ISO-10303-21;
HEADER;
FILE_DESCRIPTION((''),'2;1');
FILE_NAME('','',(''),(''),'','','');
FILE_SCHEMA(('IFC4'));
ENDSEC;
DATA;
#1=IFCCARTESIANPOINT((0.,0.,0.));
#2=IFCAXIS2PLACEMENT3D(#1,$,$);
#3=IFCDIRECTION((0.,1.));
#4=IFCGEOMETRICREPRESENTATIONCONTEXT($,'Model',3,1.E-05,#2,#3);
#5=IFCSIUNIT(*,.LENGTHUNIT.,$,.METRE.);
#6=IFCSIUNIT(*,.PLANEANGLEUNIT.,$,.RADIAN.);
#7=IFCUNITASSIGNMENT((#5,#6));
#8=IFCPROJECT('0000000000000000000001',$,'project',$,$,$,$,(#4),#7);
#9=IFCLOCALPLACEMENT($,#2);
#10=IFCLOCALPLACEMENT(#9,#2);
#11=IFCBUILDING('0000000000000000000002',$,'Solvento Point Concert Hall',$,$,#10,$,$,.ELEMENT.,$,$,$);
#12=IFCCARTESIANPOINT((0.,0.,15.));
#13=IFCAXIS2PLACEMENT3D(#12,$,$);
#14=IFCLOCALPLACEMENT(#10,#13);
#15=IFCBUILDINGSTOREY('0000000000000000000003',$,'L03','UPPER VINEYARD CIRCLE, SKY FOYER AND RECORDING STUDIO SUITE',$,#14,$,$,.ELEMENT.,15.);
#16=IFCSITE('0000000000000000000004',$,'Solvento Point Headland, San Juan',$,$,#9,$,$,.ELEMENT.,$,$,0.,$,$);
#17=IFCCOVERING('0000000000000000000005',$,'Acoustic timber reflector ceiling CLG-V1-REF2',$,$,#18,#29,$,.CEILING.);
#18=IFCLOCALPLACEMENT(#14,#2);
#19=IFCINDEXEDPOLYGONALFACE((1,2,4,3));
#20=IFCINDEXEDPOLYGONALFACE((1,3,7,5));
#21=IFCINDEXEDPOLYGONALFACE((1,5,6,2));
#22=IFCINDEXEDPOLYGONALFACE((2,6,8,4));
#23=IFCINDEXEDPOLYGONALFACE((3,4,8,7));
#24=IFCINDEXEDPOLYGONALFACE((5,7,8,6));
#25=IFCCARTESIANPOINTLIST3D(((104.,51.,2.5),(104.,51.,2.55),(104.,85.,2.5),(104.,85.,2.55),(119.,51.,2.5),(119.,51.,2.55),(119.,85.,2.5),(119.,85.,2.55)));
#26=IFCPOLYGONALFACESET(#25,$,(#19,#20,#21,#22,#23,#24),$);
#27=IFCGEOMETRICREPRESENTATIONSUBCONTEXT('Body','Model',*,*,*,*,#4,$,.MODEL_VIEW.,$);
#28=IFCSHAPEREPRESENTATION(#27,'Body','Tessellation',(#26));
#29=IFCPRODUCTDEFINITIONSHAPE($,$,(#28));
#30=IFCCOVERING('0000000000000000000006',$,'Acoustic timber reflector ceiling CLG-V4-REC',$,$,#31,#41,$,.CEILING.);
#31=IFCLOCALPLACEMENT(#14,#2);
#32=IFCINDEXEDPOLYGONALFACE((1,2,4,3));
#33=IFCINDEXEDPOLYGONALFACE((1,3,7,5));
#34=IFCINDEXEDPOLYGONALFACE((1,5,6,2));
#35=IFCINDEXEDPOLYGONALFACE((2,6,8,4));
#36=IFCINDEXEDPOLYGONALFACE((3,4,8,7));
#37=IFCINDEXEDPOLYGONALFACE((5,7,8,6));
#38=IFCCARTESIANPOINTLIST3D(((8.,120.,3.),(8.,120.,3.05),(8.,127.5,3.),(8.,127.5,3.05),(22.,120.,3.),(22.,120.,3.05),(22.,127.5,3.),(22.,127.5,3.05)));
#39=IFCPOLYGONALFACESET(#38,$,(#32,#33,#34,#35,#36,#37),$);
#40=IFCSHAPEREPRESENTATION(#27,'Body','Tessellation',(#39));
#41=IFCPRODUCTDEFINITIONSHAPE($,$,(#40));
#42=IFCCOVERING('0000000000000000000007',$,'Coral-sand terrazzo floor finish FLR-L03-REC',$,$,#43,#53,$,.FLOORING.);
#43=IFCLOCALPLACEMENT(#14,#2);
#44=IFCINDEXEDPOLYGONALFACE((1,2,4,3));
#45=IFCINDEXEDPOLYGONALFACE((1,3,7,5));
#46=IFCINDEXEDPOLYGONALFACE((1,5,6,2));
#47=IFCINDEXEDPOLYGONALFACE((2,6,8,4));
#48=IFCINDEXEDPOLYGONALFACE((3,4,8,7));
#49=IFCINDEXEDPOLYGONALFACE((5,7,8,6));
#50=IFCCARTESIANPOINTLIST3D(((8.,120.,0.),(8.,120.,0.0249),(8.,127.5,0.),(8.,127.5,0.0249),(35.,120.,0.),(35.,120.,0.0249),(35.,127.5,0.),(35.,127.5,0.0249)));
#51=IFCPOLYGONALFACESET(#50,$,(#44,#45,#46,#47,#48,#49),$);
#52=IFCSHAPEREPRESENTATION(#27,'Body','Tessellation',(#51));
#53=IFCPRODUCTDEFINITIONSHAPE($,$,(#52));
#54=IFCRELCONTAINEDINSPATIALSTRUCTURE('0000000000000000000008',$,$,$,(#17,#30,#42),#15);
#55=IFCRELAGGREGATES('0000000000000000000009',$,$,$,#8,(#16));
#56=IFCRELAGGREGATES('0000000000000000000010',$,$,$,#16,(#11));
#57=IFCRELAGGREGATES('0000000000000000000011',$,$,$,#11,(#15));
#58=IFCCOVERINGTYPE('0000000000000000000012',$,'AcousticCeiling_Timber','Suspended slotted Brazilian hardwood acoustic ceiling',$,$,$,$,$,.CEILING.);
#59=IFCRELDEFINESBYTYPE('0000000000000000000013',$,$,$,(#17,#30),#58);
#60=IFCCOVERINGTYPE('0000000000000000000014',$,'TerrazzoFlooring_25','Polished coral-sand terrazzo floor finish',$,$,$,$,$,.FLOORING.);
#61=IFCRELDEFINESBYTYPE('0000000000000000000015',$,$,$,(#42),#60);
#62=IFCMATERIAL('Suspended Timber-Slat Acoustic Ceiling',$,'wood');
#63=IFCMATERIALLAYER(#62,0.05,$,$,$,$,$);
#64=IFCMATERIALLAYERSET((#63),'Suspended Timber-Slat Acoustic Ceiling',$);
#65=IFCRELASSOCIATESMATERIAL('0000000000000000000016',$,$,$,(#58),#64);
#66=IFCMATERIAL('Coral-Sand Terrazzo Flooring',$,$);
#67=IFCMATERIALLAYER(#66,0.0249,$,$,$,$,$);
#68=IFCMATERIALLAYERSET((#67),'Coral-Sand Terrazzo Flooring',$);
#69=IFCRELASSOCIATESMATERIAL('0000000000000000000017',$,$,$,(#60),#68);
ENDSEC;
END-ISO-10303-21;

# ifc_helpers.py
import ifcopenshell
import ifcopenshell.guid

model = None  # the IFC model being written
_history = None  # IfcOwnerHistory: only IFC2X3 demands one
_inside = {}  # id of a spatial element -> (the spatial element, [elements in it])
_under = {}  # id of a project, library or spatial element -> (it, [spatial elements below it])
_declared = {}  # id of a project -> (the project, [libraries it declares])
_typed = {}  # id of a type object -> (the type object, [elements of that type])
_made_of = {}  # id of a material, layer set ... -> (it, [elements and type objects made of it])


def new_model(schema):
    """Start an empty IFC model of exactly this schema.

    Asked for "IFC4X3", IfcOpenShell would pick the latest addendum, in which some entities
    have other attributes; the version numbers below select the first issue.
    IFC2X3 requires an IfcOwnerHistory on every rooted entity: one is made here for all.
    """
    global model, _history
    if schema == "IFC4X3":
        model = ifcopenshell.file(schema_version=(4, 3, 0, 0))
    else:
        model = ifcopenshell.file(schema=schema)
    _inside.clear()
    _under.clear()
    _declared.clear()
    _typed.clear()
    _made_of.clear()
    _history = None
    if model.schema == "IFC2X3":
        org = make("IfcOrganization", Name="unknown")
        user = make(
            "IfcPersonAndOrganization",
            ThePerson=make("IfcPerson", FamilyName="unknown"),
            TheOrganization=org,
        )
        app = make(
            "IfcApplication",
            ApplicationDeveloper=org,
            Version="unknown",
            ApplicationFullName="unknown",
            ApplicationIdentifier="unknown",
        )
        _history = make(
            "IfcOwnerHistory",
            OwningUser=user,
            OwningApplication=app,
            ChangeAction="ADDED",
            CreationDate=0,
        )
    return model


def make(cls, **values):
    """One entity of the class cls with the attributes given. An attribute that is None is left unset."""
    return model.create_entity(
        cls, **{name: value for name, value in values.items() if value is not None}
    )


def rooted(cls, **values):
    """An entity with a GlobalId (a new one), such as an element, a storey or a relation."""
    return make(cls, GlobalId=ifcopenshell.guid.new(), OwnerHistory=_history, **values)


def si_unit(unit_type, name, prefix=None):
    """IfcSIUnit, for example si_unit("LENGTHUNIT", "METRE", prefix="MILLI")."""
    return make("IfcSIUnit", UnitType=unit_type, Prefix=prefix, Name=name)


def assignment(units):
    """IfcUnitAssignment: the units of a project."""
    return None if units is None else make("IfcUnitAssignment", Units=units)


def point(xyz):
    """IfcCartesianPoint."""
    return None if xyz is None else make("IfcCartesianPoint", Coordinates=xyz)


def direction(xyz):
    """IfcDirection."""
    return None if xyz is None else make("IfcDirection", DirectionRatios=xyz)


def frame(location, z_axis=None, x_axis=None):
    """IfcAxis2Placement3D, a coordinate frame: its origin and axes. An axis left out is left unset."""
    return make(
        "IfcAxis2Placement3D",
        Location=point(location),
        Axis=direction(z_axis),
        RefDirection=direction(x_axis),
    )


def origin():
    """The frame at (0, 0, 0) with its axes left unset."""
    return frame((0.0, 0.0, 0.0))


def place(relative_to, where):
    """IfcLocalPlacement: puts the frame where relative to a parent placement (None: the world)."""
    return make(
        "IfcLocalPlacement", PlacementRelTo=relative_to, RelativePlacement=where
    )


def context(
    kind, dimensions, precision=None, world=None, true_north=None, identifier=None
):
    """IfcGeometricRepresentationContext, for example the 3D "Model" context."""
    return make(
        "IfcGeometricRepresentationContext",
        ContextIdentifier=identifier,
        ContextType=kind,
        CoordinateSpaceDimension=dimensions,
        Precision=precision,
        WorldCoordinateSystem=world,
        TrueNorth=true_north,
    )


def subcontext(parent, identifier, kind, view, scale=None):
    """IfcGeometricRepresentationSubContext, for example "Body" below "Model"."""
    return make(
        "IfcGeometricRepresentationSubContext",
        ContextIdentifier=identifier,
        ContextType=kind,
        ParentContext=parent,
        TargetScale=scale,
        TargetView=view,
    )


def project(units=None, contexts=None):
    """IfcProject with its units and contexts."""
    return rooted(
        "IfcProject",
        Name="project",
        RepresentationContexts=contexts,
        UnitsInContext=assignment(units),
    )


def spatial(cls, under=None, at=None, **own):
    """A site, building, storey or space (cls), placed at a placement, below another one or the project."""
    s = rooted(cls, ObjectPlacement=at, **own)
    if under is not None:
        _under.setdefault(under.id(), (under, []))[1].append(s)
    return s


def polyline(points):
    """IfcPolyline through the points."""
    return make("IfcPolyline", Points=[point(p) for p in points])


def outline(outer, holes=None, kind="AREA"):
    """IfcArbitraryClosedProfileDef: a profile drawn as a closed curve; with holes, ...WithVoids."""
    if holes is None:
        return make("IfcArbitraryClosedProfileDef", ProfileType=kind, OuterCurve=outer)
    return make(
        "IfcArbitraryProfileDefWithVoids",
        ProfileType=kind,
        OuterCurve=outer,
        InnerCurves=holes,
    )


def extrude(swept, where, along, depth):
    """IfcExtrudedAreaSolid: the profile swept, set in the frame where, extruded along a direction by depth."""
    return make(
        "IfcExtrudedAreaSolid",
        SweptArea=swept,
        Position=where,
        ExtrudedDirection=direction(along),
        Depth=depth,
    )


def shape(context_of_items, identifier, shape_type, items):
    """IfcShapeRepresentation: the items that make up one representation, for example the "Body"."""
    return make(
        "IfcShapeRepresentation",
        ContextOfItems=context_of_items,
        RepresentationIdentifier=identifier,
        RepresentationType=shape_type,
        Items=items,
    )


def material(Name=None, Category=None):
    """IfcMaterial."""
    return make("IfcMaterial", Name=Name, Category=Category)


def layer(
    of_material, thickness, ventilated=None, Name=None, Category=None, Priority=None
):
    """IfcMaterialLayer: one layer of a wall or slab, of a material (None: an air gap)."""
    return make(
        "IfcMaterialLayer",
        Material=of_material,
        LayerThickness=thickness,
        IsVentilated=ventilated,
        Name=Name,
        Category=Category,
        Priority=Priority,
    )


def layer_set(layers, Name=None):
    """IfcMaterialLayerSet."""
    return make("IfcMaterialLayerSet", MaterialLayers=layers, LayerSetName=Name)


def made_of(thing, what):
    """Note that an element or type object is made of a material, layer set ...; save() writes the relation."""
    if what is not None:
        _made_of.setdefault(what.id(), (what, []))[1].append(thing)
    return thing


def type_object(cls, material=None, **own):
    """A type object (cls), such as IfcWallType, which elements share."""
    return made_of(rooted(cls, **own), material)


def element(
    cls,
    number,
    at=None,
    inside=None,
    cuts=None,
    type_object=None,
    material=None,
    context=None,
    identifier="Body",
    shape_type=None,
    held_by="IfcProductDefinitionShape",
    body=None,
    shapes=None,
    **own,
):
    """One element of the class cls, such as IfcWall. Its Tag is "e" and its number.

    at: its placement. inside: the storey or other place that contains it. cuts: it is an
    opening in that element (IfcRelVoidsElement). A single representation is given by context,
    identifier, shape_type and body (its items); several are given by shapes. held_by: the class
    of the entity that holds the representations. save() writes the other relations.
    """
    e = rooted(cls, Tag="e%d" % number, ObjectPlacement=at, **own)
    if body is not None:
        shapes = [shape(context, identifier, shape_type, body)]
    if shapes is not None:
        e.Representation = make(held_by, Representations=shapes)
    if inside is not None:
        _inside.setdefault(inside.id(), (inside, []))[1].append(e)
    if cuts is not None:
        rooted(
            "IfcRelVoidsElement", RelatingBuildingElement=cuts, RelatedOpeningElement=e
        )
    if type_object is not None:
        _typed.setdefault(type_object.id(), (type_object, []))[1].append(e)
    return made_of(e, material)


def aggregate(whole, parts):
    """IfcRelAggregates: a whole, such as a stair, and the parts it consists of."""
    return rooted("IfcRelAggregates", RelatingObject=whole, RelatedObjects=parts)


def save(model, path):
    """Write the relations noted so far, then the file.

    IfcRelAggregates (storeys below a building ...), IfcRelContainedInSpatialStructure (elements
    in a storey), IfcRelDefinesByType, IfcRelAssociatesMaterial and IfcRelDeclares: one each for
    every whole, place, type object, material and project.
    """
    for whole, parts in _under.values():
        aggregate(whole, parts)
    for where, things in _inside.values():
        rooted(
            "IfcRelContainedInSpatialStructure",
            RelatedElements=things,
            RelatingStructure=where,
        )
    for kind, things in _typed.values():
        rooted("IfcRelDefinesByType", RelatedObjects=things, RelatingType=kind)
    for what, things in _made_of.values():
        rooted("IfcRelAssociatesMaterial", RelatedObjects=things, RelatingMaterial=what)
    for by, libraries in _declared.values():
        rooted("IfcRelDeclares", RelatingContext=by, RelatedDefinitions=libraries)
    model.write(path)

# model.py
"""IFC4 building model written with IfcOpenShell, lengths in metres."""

from ifc_helpers import new_model, si_unit, direction, frame, origin, place, context, subcontext, project, spatial, polyline, outline, extrude, material, layer, layer_set, type_object, element, save


model = new_model("IFC4")

# Units and contexts
model_context = context("Model", 3, precision=1e-05, world=origin(), true_north=direction((0.0, 1.0)))
body_context = subcontext(model_context, "Body", "Model", "MODEL_VIEW")
ifc_project = project(units=[si_unit("LENGTHUNIT", "METRE"), si_unit("PLANEANGLEUNIT", "RADIAN")], contexts=[model_context])

# Site, building, storey
site_placement = place(None, origin())
site = spatial("IfcSite", under=ifc_project, at=site_placement, Name="Solvento Point Headland, San Juan", CompositionType="ELEMENT", RefElevation=0.0)
building_placement = place(site_placement, origin())
building = spatial("IfcBuilding", under=site, at=building_placement, Name="Solvento Point Concert Hall", CompositionType="ELEMENT")
storey_placement = place(building_placement, frame((0.0, 0.0, 15.0)))
storey = spatial("IfcBuildingStorey", under=building, at=storey_placement, Name="L03", Description="UPPER VINEYARD CIRCLE, SKY FOYER AND RECORDING STUDIO SUITE", CompositionType="ELEMENT", Elevation=15.0)

# Coverings
ifc_material_1 = material(Name="Suspended Timber-Slat Acoustic Ceiling", Category="wood")
ifc_layer_1 = layer(ifc_material_1, 0.05)
ifc_layer_set_1 = layer_set([ifc_layer_1], Name="Suspended Timber-Slat Acoustic Ceiling")
covering_type_1 = type_object("IfcCoveringType", Name="AcousticCeiling_Timber", Description="Suspended slotted Brazilian hardwood acoustic ceiling", PredefinedType="CEILING", material=ifc_layer_set_1)
covering_1_placement = place(storey_placement, frame((0.0, 0.0, 2.5)))
element("IfcCovering", 1, at=covering_1_placement, inside=storey, type_object=covering_type_1, Name="Acoustic timber reflector ceiling CLG-V1-REF2", PredefinedType="CEILING", context=body_context, shape_type="SweptSolid", body=[
    extrude(outline(polyline([(104.0, 51.0), (119.0, 51.0), (119.0, 85.0), (104.0, 85.0), (104.0, 51.0)])), origin(), (0.0, 0.0, 1.0), 0.05),
])
covering_2_placement = place(storey_placement, frame((0.0, 0.0, 3.0)))
element("IfcCovering", 2, at=covering_2_placement, inside=storey, type_object=covering_type_1, Name="Acoustic timber reflector ceiling CLG-V4-REC", PredefinedType="CEILING", context=body_context, shape_type="SweptSolid", body=[
    extrude(outline(polyline([(8.0, 120.0), (22.0, 120.0), (22.0, 127.5), (8.0, 127.5), (8.0, 120.0)])), origin(), (0.0, 0.0, 1.0), 0.05),
])
ifc_material_2 = material(Name="Coral-Sand Terrazzo Flooring")
ifc_layer_2 = layer(ifc_material_2, 0.0249)
ifc_layer_set_2 = layer_set([ifc_layer_2], Name="Coral-Sand Terrazzo Flooring")
covering_type_2 = type_object("IfcCoveringType", Name="TerrazzoFlooring_25", Description="Polished coral-sand terrazzo floor finish", PredefinedType="FLOORING", material=ifc_layer_set_2)
covering_3_placement = place(storey_placement, origin())
element("IfcCovering", 3, at=covering_3_placement, inside=storey, type_object=covering_type_2, Name="Coral-sand terrazzo floor finish FLR-L03-REC", PredefinedType="FLOORING", context=body_context, shape_type="SweptSolid", body=[
    extrude(outline(polyline([(8.0, 120.0), (35.0, 120.0), (35.0, 127.5), (8.0, 127.5), (8.0, 120.0)])), origin(), (0.0, 0.0, 1.0), 0.0249),
])

save(model, "model.ifc")
